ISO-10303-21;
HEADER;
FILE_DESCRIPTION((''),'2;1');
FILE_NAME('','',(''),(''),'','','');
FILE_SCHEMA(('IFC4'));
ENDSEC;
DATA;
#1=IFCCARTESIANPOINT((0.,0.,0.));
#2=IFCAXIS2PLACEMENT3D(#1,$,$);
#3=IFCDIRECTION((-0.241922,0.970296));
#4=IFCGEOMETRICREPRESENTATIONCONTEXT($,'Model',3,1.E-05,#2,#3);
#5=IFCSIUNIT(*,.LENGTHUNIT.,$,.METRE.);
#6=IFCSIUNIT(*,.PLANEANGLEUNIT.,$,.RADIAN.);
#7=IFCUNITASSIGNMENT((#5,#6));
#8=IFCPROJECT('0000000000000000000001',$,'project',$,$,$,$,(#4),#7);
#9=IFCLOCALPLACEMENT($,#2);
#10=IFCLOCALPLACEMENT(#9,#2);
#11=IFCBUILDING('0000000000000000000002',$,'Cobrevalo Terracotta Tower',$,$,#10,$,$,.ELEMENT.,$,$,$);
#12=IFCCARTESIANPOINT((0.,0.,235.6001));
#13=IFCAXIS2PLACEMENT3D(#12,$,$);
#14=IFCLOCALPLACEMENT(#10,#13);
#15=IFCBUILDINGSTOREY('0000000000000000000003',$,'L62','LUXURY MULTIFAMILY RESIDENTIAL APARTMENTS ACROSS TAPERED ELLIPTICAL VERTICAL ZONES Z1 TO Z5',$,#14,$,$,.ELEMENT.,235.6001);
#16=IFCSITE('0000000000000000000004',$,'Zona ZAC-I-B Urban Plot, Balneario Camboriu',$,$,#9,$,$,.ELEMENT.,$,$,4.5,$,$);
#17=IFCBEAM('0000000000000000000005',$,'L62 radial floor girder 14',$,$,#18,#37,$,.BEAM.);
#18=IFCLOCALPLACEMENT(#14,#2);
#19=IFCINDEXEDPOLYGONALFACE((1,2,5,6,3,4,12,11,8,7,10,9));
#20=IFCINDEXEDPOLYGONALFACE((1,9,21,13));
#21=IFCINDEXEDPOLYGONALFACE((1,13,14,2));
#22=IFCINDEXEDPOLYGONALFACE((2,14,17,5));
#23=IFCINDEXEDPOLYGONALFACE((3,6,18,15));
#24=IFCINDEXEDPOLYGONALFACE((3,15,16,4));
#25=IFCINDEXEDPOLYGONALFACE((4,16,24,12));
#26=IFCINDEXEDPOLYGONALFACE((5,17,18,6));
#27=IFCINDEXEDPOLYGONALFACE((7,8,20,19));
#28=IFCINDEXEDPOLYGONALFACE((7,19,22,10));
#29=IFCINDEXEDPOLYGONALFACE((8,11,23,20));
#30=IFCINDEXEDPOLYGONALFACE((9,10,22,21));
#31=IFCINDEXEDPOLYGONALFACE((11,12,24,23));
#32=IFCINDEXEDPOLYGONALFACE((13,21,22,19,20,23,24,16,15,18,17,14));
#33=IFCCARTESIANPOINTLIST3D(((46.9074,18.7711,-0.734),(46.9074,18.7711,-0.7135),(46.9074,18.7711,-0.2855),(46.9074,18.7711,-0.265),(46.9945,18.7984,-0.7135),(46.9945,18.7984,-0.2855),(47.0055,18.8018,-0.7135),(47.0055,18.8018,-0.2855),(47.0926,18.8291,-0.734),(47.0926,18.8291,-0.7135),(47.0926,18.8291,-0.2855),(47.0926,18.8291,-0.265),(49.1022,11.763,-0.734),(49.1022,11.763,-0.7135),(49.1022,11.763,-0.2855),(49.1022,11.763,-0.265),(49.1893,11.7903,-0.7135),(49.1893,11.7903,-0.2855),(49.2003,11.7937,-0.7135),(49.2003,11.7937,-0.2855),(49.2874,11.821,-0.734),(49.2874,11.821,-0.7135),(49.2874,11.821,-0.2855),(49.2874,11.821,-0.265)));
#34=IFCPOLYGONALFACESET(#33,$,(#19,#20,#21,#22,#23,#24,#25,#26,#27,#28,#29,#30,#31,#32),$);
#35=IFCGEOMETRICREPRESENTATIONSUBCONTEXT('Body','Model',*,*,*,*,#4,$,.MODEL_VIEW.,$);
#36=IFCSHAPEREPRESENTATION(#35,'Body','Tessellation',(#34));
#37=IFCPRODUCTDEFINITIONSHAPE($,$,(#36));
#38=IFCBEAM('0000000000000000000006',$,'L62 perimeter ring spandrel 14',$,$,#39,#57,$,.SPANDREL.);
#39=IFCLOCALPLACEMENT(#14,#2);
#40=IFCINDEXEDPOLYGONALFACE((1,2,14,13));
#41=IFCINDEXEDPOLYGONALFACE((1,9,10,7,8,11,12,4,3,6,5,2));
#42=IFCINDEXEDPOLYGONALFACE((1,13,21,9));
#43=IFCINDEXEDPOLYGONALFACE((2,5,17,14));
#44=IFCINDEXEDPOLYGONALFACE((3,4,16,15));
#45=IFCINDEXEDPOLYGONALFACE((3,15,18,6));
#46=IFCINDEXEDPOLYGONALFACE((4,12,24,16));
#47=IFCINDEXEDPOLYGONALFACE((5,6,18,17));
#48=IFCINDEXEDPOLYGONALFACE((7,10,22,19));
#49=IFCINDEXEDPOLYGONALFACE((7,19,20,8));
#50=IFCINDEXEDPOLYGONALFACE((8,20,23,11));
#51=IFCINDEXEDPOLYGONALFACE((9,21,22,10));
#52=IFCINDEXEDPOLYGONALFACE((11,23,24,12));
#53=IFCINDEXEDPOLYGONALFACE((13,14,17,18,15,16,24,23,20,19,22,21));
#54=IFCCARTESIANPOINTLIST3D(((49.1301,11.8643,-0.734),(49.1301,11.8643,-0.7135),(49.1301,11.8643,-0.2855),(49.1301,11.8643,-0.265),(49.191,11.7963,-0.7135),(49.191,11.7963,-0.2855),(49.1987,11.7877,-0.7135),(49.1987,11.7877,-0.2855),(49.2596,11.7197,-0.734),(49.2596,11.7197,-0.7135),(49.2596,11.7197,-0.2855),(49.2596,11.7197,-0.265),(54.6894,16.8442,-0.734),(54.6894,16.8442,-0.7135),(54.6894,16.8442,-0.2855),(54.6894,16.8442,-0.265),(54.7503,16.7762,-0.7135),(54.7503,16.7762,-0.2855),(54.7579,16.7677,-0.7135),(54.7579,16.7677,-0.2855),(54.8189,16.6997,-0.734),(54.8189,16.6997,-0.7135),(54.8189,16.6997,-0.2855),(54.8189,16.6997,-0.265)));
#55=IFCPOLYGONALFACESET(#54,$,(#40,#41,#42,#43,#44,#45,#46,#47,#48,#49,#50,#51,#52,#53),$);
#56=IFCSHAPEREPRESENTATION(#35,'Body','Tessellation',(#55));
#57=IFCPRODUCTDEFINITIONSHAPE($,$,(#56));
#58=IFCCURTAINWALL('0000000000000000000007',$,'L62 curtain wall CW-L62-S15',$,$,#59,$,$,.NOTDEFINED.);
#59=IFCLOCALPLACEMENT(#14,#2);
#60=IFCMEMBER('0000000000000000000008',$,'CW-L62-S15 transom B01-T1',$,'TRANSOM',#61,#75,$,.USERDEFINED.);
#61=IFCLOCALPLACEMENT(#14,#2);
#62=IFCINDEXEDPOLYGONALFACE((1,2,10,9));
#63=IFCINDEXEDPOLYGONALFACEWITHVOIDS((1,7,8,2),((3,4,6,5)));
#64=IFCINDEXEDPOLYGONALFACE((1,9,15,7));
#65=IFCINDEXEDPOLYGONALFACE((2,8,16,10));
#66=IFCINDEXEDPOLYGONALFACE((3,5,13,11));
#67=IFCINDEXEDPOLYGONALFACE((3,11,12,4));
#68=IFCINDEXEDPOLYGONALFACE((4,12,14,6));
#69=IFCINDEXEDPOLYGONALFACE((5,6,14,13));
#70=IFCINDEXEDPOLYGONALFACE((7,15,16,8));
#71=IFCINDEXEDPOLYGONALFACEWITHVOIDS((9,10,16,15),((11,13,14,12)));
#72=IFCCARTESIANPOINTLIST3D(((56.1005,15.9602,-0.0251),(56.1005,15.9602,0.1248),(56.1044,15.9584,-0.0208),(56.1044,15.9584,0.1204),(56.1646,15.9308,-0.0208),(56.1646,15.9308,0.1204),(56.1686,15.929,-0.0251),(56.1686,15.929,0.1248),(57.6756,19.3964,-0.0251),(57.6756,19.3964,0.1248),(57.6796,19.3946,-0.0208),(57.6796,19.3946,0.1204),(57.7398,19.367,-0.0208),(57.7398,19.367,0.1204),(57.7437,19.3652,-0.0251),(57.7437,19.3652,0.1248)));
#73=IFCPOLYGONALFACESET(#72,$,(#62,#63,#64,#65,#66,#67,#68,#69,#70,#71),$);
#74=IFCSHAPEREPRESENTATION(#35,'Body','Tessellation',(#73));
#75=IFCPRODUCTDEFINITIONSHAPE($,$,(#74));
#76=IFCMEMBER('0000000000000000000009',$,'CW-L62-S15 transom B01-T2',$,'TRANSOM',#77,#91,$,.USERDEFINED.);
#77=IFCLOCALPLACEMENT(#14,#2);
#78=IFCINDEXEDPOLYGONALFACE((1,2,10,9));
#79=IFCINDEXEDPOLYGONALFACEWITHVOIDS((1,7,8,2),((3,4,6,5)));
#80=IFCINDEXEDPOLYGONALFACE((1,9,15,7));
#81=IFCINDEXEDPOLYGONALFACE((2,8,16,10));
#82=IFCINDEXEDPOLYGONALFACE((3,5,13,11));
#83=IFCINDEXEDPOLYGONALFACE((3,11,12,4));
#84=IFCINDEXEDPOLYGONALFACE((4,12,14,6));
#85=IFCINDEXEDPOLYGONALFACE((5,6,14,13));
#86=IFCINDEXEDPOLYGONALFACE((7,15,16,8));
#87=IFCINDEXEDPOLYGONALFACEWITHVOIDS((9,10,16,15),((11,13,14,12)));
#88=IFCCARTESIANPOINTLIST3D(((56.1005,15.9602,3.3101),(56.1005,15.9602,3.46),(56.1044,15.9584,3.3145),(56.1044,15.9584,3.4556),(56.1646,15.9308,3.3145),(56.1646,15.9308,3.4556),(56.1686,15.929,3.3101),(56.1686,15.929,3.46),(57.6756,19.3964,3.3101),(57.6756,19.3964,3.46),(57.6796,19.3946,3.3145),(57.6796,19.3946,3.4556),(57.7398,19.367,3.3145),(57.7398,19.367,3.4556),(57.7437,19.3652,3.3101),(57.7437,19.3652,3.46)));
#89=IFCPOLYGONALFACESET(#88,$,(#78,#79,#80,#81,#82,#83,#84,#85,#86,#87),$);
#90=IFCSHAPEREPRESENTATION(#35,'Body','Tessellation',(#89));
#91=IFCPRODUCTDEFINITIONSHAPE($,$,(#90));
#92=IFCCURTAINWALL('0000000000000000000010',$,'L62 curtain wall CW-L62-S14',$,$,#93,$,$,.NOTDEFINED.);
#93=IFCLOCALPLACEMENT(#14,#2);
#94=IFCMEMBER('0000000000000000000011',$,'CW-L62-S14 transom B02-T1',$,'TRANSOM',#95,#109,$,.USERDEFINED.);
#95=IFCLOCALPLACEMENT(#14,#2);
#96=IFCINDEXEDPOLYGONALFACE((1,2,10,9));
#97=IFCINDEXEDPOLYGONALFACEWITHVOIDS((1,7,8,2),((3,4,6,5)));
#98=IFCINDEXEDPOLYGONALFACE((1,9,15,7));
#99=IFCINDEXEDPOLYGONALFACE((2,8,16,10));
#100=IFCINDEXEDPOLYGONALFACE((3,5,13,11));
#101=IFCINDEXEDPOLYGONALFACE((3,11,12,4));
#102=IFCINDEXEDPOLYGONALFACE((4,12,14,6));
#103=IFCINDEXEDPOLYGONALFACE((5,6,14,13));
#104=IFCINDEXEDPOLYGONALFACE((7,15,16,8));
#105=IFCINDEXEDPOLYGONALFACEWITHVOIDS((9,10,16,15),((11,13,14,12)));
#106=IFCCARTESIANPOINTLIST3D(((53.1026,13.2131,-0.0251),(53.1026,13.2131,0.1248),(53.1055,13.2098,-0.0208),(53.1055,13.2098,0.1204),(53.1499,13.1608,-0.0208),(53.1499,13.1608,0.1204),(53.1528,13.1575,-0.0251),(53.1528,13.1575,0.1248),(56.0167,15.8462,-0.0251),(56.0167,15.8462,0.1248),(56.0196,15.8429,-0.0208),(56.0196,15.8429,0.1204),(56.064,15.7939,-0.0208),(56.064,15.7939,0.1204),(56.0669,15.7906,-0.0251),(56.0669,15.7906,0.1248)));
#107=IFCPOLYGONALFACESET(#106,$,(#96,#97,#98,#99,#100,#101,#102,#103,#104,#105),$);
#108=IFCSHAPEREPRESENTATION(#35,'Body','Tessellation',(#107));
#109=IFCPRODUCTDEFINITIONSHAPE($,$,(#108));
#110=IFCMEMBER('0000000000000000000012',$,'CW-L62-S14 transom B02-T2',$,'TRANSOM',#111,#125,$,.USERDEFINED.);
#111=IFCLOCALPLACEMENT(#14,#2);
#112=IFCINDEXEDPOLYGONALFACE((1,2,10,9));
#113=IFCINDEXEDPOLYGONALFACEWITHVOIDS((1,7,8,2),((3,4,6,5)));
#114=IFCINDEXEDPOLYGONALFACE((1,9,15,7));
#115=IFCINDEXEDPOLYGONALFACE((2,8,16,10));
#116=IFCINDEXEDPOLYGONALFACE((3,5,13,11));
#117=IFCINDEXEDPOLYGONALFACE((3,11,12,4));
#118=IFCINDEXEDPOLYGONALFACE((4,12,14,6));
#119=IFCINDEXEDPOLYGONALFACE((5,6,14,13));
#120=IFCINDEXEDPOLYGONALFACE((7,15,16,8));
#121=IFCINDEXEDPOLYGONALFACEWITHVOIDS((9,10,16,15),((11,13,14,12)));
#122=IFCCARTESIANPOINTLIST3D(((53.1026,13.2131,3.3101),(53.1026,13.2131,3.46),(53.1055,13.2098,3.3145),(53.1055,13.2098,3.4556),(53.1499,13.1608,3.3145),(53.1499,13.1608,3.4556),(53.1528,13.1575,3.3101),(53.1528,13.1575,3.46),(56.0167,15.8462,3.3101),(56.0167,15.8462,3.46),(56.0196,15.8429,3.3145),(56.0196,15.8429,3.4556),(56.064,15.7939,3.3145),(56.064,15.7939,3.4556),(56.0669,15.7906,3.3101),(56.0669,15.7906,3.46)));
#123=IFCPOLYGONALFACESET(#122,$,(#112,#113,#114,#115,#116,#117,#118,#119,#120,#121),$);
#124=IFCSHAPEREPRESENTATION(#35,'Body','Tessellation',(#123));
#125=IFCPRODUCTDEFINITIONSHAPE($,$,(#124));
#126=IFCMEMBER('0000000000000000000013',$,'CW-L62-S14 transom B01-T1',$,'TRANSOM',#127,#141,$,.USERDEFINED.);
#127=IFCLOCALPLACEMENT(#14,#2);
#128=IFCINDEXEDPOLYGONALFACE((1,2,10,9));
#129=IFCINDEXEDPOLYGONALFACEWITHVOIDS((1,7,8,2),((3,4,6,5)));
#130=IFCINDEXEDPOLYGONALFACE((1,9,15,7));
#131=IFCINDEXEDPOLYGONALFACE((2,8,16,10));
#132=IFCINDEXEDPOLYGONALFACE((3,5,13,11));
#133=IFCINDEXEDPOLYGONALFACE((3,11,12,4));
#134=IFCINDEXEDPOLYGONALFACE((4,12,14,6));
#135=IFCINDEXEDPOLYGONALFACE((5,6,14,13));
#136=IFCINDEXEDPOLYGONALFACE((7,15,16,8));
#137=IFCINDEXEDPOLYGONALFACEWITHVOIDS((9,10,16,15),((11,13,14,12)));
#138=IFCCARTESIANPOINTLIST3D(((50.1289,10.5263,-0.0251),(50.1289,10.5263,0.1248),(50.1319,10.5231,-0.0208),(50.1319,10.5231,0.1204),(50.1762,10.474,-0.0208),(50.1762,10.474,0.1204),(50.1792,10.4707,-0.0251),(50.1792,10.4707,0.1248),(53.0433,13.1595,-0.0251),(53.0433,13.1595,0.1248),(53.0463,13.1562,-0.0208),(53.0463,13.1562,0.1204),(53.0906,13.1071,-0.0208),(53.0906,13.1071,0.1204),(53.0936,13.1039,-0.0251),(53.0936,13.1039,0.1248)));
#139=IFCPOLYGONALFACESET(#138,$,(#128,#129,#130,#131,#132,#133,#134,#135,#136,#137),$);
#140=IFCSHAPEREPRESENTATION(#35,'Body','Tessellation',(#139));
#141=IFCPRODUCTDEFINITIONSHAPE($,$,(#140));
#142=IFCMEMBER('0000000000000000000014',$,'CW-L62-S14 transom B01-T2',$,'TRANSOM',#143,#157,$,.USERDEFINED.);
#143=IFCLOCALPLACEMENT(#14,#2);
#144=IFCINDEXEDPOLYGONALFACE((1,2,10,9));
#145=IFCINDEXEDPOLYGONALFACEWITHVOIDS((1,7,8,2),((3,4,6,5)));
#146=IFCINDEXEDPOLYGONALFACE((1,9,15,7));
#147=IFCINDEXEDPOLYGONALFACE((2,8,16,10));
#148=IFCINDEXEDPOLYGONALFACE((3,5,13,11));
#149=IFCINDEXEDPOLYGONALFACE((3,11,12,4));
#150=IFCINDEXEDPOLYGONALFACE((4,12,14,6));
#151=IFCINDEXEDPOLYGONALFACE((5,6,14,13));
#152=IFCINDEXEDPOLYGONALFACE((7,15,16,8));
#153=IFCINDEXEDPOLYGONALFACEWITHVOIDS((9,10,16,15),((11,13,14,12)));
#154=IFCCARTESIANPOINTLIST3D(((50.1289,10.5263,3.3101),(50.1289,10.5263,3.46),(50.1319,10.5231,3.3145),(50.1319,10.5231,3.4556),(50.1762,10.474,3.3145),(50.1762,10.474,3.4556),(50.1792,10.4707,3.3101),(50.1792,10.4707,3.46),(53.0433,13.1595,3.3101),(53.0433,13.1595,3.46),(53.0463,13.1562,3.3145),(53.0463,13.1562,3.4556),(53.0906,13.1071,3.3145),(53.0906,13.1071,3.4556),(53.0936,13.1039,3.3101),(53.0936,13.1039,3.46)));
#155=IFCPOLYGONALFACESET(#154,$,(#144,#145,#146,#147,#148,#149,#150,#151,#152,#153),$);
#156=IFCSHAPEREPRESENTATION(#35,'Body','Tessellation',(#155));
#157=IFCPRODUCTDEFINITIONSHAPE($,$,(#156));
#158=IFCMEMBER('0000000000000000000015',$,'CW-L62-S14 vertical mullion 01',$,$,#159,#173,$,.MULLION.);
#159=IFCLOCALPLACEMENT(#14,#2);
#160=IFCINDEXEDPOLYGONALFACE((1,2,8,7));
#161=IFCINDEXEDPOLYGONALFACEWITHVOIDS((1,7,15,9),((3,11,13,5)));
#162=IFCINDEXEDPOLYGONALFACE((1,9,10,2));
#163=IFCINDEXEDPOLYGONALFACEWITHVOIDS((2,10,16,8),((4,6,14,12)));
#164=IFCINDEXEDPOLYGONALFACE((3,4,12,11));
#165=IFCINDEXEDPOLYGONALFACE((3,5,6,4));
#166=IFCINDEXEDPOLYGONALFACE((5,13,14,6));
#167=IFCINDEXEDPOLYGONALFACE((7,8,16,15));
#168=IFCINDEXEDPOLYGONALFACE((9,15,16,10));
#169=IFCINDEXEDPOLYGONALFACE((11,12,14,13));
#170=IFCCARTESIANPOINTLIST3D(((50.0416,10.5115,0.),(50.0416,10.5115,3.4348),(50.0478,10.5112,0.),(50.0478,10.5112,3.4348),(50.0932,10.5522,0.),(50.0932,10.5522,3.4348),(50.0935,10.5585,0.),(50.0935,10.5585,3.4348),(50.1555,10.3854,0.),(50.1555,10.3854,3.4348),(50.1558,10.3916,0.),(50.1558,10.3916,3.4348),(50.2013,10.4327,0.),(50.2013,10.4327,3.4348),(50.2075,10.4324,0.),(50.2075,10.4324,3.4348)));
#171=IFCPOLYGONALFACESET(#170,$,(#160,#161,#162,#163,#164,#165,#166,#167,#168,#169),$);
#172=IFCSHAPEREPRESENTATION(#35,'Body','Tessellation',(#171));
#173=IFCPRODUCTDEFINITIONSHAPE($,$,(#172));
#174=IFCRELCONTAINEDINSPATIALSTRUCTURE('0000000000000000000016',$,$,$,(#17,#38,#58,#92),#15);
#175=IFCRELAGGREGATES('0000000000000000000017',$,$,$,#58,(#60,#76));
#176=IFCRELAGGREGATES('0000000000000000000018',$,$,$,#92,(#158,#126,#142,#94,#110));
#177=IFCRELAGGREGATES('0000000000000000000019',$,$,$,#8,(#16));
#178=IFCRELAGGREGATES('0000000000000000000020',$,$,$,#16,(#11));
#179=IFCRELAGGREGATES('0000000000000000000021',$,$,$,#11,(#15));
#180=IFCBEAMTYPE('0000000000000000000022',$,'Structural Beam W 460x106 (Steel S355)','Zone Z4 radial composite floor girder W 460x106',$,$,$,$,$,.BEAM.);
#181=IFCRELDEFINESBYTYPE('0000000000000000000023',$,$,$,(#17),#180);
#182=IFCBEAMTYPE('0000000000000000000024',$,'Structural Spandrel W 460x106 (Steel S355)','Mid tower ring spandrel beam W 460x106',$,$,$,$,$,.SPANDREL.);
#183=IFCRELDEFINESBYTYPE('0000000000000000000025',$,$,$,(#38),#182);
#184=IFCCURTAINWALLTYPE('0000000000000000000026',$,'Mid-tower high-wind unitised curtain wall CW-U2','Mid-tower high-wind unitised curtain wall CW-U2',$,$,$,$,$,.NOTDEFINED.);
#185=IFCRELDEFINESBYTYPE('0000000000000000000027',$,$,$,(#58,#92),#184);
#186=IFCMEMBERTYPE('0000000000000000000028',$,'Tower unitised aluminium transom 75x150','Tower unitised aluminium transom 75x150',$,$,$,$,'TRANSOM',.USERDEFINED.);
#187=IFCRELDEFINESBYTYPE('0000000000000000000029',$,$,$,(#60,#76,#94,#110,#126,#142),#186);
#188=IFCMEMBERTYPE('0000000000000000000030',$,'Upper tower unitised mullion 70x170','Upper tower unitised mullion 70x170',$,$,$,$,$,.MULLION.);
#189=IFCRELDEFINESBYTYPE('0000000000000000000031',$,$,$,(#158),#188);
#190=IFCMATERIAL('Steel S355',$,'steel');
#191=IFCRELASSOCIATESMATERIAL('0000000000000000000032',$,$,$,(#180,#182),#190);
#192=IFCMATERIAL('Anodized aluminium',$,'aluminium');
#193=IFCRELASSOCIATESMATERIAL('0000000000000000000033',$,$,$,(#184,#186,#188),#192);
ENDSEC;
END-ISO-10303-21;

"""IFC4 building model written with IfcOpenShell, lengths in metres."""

from ifc_helpers import new_model, si_unit, direction, frame, origin, origin_2d, place, context, subcontext, project, spatial, hollow_rectangle, i_section, extrude, source, transform, mapped, material, material_profile, profile_set, type_object, element, aggregate, save


model = new_model("IFC4")

# Units and contexts
model_context = context("Model", 3, precision=1e-05, world=origin(), true_north=direction((-0.241922, 0.970296)))
body_context = subcontext(model_context, "Body", "Model", "MODEL_VIEW")
ifc_project = project(units=[si_unit("LENGTHUNIT", "METRE"), si_unit("PLANEANGLEUNIT", "RADIAN")], contexts=[model_context])

# Site, building, storey
site_placement = place(None, origin())
site = spatial("IfcSite", under=ifc_project, at=site_placement, Name="Zona ZAC-I-B Urban Plot, Balneario Camboriu", CompositionType="ELEMENT", RefElevation=4.5)
building_placement = place(site_placement, origin())
building = spatial("IfcBuilding", under=site, at=building_placement, Name="Cobrevalo Terracotta Tower", CompositionType="ELEMENT")
storey_placement = place(building_placement, frame((0.0, 0.0, 235.6001)))
storey = spatial("IfcBuildingStorey", under=building, at=storey_placement, Name="L62", Description="LUXURY MULTIFAMILY RESIDENTIAL APARTMENTS ACROSS TAPERED ELLIPTICAL VERTICAL ZONES Z1 TO Z5", CompositionType="ELEMENT", Elevation=235.6001)

# Shared definitions
ifc_material_1 = material(Name="Steel S355", Category="steel")

# Beams
ifc_material_profile_1 = material_profile(ifc_material_1, i_section(OverallWidth=0.1941, OverallDepth=0.469, WebThickness=0.0115, FlangeThickness=0.0205, at=origin_2d()), Name="W 460x106")
ifc_profile_set_1 = profile_set([ifc_material_profile_1], Name="Steel S355")
beam_type_1 = type_object("IfcBeamType", Name="Structural Beam W 460x106 (Steel S355)", Description="Zone Z4 radial composite floor girder W 460x106", PredefinedType="BEAM", material=ifc_profile_set_1)
beam_1_placement = place(storey_placement, frame((49.1948, 11.792, -0.4995), z_axis=(-0.298871, 0.954293, 0.0), x_axis=(-0.954293, -0.298871, 0.0)))
element("IfcBeam", 1, at=beam_1_placement, inside=storey, type_object=beam_type_1, Name="L62 radial floor girder 14", PredefinedType="BEAM", context=body_context, shape_type="SweptSolid", body=[
    extrude(i_section(OverallWidth=0.1941, OverallDepth=0.469, WebThickness=0.0115, FlangeThickness=0.0205, at=origin_2d()), origin(), (0.0, 0.0, 1.0), 7.3438),
])
ifc_material_profile_2 = material_profile(ifc_material_1, i_section(OverallWidth=0.1941, OverallDepth=0.469, WebThickness=0.0115, FlangeThickness=0.0205, at=origin_2d()), Name="W 460x106")
ifc_profile_set_2 = profile_set([ifc_material_profile_2], Name="Steel S355")
beam_type_2 = type_object("IfcBeamType", Name="Structural Spandrel W 460x106 (Steel S355)", Description="Mid tower ring spandrel beam W 460x106", PredefinedType="SPANDREL", material=ifc_profile_set_2)
beam_2_placement = place(storey_placement, frame((49.1948, 11.792, -0.4995), z_axis=(0.744852, 0.66723, 0.0), x_axis=(-0.66723, 0.744852, 0.0)))
element("IfcBeam", 2, at=beam_2_placement, inside=storey, type_object=beam_type_2, Name="L62 perimeter ring spandrel 14", PredefinedType="SPANDREL", context=body_context, shape_type="SweptSolid", body=[
    extrude(i_section(OverallWidth=0.1941, OverallDepth=0.469, WebThickness=0.0115, FlangeThickness=0.0205, at=origin_2d()), origin(), (0.0, 0.0, 1.0), 7.4636),
])

# Curtain walls, members
ifc_material_2 = material(Name="Anodized aluminium", Category="aluminium")
curtain_wall_type = type_object("IfcCurtainWallType", Name="Mid-tower high-wind unitised curtain wall CW-U2", Description="Mid-tower high-wind unitised curtain wall CW-U2", PredefinedType="NOTDEFINED", material=ifc_material_2)
curtain_wall_1_placement = place(storey_placement, origin())
curtain_wall_1 = element("IfcCurtainWall", 3, at=curtain_wall_1_placement, inside=storey, type_object=curtain_wall_type, Name="L62 curtain wall CW-L62-S15", PredefinedType="NOTDEFINED")
ifc_material_profile_3 = material_profile(ifc_material_2, hollow_rectangle(XDim=0.075, YDim=0.1499, WallThickness=0.0044, at=origin_2d()), Name="CWT 75x150")
ifc_profile_set_3 = profile_set([ifc_material_profile_3], Name="Anodized aluminium")
member_type_1 = type_object("IfcMemberType", Name="Tower unitised aluminium transom 75x150", Description="Tower unitised aluminium transom 75x150", ElementType="TRANSOM", PredefinedType="USERDEFINED", material=ifc_profile_set_3)
shared_shape_1 = source(origin(), body_context, "Body", "SweptSolid", [
    extrude(hollow_rectangle(XDim=0.075, YDim=0.1499, WallThickness=0.0044, at=origin_2d()), origin(), (0.0, 0.0, 1.0), 3.78),
])
member_1_placement = place(storey_placement, frame((56.1345, 15.9446, 0.0498), z_axis=(0.416706, 0.909041, 0.0), x_axis=(-0.909041, 0.416706, 0.0)))
member_1 = element("IfcMember", 4, at=member_1_placement, type_object=member_type_1, Name="CW-L62-S15 transom B01-T1", ObjectType="TRANSOM", PredefinedType="USERDEFINED", context=body_context, shape_type="MappedRepresentation", body=[
    mapped(shared_shape_1, transform((0.0, 0.0, 0.0), scale=1.0)),
])
member_2_placement = place(storey_placement, frame((56.1345, 15.9446, 3.385), z_axis=(0.416706, 0.909041, 0.0), x_axis=(-0.909041, 0.416706, 0.0)))
member_2 = element("IfcMember", 5, at=member_2_placement, type_object=member_type_1, Name="CW-L62-S15 transom B01-T2", ObjectType="TRANSOM", PredefinedType="USERDEFINED", context=body_context, shape_type="MappedRepresentation", body=[
    mapped(shared_shape_1, transform((0.0, 0.0, 0.0), scale=1.0)),
])
curtain_wall_2_placement = place(storey_placement, origin())
curtain_wall_2 = element("IfcCurtainWall", 6, at=curtain_wall_2_placement, inside=storey, type_object=curtain_wall_type, Name="L62 curtain wall CW-L62-S14", PredefinedType="NOTDEFINED")
shared_shape_2 = source(origin(), body_context, "Body", "SweptSolid", [
    extrude(hollow_rectangle(XDim=0.075, YDim=0.1499, WallThickness=0.0044, at=origin_2d()), origin(), (0.0, 0.0, 1.0), 3.9275),
])
member_3_placement = place(storey_placement, frame((53.1277, 13.1853, 0.0498), z_axis=(0.741976, 0.670426, 0.0), x_axis=(-0.670426, 0.741976, 0.0)))
member_3 = element("IfcMember", 7, at=member_3_placement, type_object=member_type_1, Name="CW-L62-S14 transom B02-T1", ObjectType="TRANSOM", PredefinedType="USERDEFINED", context=body_context, shape_type="MappedRepresentation", body=[
    mapped(shared_shape_2, transform((0.0, 0.0, 0.0), scale=1.0)),
])
member_4_placement = place(storey_placement, frame((53.1277, 13.1853, 3.385), z_axis=(0.741976, 0.670426, 0.0), x_axis=(-0.670426, 0.741976, 0.0)))
member_4 = element("IfcMember", 8, at=member_4_placement, type_object=member_type_1, Name="CW-L62-S14 transom B02-T2", ObjectType="TRANSOM", PredefinedType="USERDEFINED", context=body_context, shape_type="MappedRepresentation", body=[
    mapped(shared_shape_2, transform((0.0, 0.0, 0.0), scale=1.0)),
])
shared_shape_3 = source(origin(), body_context, "Body", "SweptSolid", [
    extrude(hollow_rectangle(XDim=0.075, YDim=0.1499, WallThickness=0.0044, at=origin_2d()), origin(), (0.0, 0.0, 1.0), 3.9277),
])
member_5_placement = place(storey_placement, frame((50.1541, 10.4985, 0.0498), z_axis=(0.742004, 0.670396, 0.0), x_axis=(-0.670396, 0.742004, 0.0)))
member_5 = element("IfcMember", 9, at=member_5_placement, type_object=member_type_1, Name="CW-L62-S14 transom B01-T1", ObjectType="TRANSOM", PredefinedType="USERDEFINED", context=body_context, shape_type="MappedRepresentation", body=[
    mapped(shared_shape_3, transform((0.0, 0.0, 0.0), scale=1.0)),
])
member_6_placement = place(storey_placement, frame((50.1541, 10.4985, 3.385), z_axis=(0.742004, 0.670396, 0.0), x_axis=(-0.670396, 0.742004, 0.0)))
member_6 = element("IfcMember", 10, at=member_6_placement, type_object=member_type_1, Name="CW-L62-S14 transom B01-T2", ObjectType="TRANSOM", PredefinedType="USERDEFINED", context=body_context, shape_type="MappedRepresentation", body=[
    mapped(shared_shape_3, transform((0.0, 0.0, 0.0), scale=1.0)),
])
ifc_material_profile_4 = material_profile(ifc_material_2, hollow_rectangle(XDim=0.0701, YDim=0.1699, WallThickness=0.0044, at=origin_2d()), Name="CWM 70x170")
ifc_profile_set_4 = profile_set([ifc_material_profile_4], Name="Anodized aluminium")
member_type_2 = type_object("IfcMemberType", Name="Upper tower unitised mullion 70x170", Description="Upper tower unitised mullion 70x170", PredefinedType="MULLION", material=ifc_profile_set_4)
shared_shape_4 = source(origin(), body_context, "Body", "SweptSolid", [
    extrude(hollow_rectangle(XDim=0.0701, YDim=0.1699, WallThickness=0.0044, at=origin_2d()), origin(), (0.0, 0.0, 1.0), 3.4348),
])
member_7_placement = place(storey_placement, frame((50.1245, 10.4719, 0.0), z_axis=(0.0, 0.0, 1.0), x_axis=(0.741988, 0.670414, 0.0)))
member_7 = element("IfcMember", 11, at=member_7_placement, type_object=member_type_2, Name="CW-L62-S14 vertical mullion 01", PredefinedType="MULLION", context=body_context, shape_type="MappedRepresentation", body=[
    mapped(shared_shape_4, transform((0.0, 0.0, 0.0), scale=1.0)),
])

aggregate(curtain_wall_1, [member_1, member_2])

aggregate(curtain_wall_2, [member_7, member_5, member_6, member_3, member_4])

save(model, "model.ifc")
